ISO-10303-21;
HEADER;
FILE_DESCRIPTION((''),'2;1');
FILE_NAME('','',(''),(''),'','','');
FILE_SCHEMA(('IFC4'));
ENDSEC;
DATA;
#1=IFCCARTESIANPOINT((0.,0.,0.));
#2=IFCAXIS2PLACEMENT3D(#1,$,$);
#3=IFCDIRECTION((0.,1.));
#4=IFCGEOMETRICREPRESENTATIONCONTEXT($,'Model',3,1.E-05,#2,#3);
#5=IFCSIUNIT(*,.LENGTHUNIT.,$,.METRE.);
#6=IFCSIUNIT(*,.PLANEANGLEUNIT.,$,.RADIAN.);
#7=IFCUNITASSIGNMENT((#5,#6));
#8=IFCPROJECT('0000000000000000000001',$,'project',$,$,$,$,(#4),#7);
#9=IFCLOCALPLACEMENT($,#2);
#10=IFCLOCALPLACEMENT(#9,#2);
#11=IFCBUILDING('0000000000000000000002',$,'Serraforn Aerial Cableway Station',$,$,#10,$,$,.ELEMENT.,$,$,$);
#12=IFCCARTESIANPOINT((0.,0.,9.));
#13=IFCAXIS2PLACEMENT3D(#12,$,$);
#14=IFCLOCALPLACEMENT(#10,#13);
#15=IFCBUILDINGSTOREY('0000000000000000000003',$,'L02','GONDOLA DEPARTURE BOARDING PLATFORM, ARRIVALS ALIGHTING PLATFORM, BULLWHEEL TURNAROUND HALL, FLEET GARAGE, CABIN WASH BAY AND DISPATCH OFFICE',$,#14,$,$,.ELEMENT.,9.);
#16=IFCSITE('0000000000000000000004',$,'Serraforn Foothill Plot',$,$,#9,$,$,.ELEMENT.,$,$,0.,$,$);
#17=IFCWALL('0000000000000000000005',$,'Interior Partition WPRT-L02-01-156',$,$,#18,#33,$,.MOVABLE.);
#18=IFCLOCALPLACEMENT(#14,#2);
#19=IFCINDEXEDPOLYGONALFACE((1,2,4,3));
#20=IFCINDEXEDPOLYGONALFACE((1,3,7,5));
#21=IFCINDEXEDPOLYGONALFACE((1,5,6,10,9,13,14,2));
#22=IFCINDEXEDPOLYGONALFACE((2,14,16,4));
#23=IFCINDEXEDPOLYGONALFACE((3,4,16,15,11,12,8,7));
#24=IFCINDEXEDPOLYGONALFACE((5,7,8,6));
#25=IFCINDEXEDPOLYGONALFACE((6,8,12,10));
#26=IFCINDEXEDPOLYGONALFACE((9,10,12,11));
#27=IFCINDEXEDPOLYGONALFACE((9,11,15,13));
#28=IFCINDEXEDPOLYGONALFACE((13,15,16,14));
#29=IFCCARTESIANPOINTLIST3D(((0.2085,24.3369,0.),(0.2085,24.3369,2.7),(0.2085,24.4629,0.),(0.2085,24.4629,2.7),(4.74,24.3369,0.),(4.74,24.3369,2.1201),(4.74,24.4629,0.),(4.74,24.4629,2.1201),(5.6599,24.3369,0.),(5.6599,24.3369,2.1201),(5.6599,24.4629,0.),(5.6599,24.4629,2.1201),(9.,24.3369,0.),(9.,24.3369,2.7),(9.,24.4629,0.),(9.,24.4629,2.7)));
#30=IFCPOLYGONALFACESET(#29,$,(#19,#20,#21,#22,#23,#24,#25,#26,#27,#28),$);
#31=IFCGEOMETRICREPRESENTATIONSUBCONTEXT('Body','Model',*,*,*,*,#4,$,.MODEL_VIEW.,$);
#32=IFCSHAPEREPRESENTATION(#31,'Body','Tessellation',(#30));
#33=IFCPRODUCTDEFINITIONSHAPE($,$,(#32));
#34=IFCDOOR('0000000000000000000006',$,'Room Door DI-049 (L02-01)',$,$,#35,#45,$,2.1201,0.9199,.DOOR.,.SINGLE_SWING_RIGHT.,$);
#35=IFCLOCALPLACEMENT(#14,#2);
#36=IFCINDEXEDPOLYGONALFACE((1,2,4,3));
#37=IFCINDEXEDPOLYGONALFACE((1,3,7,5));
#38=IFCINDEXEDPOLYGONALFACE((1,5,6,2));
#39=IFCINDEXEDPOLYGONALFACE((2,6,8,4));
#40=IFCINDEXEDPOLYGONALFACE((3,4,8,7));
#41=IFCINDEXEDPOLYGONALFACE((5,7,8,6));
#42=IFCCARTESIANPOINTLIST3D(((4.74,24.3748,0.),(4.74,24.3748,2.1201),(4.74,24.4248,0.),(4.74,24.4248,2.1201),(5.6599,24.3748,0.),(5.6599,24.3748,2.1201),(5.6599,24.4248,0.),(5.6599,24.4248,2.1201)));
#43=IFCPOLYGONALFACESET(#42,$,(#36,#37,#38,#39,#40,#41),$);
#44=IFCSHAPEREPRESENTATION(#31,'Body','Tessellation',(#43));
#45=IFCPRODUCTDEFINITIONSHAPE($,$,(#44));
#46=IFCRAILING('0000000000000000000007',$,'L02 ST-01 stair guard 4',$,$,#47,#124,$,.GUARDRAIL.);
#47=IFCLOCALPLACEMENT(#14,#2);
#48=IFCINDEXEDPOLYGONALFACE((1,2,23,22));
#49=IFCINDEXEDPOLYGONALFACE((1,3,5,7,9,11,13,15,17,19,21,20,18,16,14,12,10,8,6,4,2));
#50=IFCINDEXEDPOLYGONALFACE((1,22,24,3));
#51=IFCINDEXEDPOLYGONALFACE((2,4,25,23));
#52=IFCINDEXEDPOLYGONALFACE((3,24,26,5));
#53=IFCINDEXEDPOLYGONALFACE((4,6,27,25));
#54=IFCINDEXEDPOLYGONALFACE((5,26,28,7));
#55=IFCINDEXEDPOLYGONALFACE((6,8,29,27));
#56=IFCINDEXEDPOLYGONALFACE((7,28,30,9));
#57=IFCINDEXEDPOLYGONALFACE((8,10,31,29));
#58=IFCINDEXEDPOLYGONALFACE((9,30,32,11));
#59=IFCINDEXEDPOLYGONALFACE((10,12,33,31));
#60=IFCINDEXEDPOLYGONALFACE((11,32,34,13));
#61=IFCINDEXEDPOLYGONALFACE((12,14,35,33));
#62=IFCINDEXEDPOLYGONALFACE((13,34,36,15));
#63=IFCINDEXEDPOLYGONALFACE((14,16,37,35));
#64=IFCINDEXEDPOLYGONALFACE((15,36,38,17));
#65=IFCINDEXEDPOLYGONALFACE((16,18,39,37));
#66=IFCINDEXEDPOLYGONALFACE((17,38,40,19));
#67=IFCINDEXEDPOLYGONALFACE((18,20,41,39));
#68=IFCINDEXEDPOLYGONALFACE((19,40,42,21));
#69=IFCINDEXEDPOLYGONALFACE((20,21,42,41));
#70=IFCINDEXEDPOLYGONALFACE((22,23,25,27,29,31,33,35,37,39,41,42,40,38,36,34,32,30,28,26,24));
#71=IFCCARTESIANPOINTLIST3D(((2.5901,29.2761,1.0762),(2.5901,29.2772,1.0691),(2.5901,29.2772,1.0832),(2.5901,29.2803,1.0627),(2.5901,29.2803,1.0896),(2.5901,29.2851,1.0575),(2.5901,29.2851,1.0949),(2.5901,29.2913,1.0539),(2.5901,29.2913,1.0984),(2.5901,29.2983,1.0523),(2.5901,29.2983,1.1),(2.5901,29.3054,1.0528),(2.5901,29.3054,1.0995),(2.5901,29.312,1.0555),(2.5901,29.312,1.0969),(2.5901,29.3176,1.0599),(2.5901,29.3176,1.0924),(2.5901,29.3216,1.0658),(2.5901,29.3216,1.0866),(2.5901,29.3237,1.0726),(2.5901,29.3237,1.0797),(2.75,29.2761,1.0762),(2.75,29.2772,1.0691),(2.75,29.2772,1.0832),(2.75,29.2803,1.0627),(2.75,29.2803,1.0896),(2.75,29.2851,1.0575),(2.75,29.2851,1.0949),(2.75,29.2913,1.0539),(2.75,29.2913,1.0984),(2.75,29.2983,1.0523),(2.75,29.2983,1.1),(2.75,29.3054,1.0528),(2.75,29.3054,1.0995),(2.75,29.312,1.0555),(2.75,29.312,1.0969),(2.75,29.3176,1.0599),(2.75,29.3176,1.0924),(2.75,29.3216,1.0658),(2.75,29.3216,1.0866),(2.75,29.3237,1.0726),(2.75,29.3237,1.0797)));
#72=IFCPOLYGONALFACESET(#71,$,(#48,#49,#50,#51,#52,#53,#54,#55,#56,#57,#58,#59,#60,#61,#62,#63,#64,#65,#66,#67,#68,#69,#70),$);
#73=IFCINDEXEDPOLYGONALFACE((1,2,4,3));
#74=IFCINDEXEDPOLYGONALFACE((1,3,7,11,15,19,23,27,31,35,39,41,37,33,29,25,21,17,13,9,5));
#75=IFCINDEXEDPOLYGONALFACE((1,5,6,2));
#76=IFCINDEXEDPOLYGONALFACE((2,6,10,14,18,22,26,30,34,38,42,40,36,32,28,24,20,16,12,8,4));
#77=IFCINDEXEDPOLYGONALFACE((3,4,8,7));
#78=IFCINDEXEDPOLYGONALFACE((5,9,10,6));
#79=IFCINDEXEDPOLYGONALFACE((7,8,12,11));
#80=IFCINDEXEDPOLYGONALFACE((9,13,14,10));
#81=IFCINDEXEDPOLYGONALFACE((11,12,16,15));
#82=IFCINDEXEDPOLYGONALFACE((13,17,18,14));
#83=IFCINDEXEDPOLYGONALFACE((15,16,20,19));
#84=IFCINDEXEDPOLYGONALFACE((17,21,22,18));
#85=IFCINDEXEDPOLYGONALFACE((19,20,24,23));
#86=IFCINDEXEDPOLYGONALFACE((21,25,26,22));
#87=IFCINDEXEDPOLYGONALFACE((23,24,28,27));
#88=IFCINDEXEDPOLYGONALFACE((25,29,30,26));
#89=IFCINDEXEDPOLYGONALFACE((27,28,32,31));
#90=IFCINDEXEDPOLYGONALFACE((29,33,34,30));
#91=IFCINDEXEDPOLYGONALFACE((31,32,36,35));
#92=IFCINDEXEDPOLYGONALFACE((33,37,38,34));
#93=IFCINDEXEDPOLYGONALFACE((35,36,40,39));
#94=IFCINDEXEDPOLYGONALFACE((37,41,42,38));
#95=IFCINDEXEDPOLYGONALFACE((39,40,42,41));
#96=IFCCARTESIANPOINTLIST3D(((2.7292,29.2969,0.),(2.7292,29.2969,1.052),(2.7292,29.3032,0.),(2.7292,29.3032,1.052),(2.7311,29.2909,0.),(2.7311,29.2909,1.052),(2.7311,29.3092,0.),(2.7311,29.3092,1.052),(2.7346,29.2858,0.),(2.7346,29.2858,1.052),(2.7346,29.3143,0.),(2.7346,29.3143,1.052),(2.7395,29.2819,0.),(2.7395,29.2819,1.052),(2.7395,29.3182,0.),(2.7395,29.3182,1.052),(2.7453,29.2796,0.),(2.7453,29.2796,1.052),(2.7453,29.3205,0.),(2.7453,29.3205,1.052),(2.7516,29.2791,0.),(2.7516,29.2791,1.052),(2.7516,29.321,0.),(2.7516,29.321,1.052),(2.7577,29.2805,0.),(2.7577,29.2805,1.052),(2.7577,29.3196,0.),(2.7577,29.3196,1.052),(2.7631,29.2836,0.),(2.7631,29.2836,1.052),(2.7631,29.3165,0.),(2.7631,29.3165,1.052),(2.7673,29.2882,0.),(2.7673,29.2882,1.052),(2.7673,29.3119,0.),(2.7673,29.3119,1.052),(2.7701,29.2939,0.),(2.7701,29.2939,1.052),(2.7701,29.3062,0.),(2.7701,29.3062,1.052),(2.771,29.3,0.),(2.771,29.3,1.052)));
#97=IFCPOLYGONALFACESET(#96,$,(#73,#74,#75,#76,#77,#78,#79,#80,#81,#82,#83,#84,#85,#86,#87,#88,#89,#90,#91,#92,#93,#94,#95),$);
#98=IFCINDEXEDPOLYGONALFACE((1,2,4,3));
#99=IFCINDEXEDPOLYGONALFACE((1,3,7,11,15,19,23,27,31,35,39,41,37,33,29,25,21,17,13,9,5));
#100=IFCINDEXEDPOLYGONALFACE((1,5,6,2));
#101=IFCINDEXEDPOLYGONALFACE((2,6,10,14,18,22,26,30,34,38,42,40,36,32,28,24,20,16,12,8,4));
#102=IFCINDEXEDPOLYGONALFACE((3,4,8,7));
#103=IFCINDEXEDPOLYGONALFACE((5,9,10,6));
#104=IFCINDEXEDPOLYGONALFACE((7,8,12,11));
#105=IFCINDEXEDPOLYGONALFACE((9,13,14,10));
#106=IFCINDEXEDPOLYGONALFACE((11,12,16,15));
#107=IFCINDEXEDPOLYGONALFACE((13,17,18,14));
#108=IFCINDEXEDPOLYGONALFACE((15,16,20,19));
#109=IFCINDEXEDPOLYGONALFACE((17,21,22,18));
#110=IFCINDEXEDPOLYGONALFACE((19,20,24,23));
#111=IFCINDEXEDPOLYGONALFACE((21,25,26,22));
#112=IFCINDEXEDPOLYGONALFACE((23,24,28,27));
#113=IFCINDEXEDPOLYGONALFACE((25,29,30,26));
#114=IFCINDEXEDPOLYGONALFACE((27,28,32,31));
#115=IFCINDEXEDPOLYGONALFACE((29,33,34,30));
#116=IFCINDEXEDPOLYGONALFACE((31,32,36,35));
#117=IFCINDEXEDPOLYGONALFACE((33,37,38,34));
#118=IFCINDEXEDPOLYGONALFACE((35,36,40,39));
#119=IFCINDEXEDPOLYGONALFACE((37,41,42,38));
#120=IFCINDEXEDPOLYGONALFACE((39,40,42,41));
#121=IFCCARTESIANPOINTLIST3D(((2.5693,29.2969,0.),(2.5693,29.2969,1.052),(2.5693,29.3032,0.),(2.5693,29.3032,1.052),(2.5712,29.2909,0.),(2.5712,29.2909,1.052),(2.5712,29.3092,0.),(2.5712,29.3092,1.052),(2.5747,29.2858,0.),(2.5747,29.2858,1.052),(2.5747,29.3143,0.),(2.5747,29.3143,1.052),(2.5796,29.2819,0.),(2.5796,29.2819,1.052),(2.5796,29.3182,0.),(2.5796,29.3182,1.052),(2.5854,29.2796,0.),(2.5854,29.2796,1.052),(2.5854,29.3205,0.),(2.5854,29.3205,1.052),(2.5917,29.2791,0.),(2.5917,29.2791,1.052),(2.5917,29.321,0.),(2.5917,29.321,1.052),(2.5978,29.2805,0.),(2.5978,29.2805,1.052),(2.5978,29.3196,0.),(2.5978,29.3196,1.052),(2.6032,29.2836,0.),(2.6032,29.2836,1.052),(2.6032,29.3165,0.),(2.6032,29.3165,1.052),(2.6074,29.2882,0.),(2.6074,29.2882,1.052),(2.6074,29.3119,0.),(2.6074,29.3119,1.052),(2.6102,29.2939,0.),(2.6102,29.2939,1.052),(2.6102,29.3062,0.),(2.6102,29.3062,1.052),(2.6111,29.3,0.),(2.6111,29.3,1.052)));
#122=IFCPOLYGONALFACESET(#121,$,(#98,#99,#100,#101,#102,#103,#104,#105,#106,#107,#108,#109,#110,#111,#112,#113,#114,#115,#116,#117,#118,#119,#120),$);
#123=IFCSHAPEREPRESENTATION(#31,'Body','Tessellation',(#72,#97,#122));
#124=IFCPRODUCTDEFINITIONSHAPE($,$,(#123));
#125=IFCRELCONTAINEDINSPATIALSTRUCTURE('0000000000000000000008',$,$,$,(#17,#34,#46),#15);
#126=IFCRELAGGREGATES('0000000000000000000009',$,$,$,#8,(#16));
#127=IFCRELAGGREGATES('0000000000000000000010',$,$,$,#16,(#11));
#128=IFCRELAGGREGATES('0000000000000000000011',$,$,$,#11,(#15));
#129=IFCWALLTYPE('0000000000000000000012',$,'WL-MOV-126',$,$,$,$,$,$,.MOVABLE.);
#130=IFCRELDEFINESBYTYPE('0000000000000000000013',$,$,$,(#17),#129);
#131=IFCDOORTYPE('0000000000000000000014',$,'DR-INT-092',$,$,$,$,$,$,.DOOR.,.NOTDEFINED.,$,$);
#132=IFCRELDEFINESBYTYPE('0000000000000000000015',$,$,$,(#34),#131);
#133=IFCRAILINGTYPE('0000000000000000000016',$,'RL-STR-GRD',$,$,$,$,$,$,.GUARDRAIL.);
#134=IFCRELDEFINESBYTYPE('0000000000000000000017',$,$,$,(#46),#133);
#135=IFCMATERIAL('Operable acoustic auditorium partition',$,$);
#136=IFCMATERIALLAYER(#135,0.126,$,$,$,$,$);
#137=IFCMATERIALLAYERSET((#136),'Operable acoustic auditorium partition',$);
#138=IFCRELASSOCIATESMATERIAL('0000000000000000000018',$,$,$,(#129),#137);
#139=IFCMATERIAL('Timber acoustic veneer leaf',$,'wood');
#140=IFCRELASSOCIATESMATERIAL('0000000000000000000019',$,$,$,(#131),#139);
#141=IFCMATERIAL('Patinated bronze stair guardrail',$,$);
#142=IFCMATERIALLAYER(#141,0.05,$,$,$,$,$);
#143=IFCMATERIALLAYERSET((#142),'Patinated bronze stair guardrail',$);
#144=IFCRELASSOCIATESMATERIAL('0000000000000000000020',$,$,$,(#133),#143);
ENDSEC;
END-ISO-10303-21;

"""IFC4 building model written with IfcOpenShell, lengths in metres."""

from ifc_helpers import new_model, si_unit, direction, frame, frame_2d, origin, origin_2d, place, context, subcontext, project, spatial, rectangle, circle, extrude, material, layer, layer_set, type_object, element, fill, save


model = new_model("IFC4")

# Units and contexts
model_context = context("Model", 3, precision=1e-05, world=origin(), true_north=direction((0.0, 1.0)))
body_context = subcontext(model_context, "Body", "Model", "MODEL_VIEW")
ifc_project = project(units=[si_unit("LENGTHUNIT", "METRE"), si_unit("PLANEANGLEUNIT", "RADIAN")], contexts=[model_context])

# Site, building, storey
site_placement = place(None, origin())
site = spatial("IfcSite", under=ifc_project, at=site_placement, Name="Serraforn Foothill Plot", CompositionType="ELEMENT", RefElevation=0.0)
building_placement = place(site_placement, origin())
building = spatial("IfcBuilding", under=site, at=building_placement, Name="Serraforn Aerial Cableway Station", CompositionType="ELEMENT")
storey_placement = place(building_placement, frame((0.0, 0.0, 9.0)))
storey = spatial("IfcBuildingStorey", under=building, at=storey_placement, Name="L02", Description="GONDOLA DEPARTURE BOARDING PLATFORM, ARRIVALS ALIGHTING PLATFORM, BULLWHEEL TURNAROUND HALL, FLEET GARAGE, CABIN WASH BAY AND DISPATCH OFFICE", CompositionType="ELEMENT", Elevation=9.0)

# Wall, opening, door
ifc_material_1 = material(Name="Operable acoustic auditorium partition")
ifc_layer_1 = layer(ifc_material_1, 0.126)
ifc_layer_set_1 = layer_set([ifc_layer_1], Name="Operable acoustic auditorium partition")
wall_type_1 = type_object("IfcWallType", Name="WL-MOV-126", PredefinedType="MOVABLE", material=ifc_layer_set_1)
wall_1_placement = place(storey_placement, frame((0.2085, 24.3999, 0.0), z_axis=(0.0, 0.0, 1.0), x_axis=(1.0, 0.0, 0.0)))
wall_1 = element("IfcWall", 1, at=wall_1_placement, inside=storey, type_object=wall_type_1, Name="Interior Partition WPRT-L02-01-156", PredefinedType="MOVABLE", context=body_context, shape_type="SweptSolid", body=[
    extrude(rectangle(XDim=8.7915, YDim=0.126, at=frame_2d((4.3958, 0.0))), origin(), (0.0, 0.0, 1.0), 2.7),
])
opening_placement = place(wall_1_placement, frame((4.5315, 0.0, 0.0)))
opening = element("IfcOpeningElement", 2, at=opening_placement, cuts=wall_1, PredefinedType="OPENING", context=body_context, shape_type="SweptSolid", body=[
    extrude(rectangle(XDim=0.9199, YDim=2.1201, at=frame_2d((0.46, 1.0601))), frame((0.0, 0.073, 0.0), z_axis=(0.0, -1.0, 0.0), x_axis=(1.0, 0.0, 0.0)), (0.0, 0.0, 1.0), 0.146),
])
ifc_material_2 = material(Name="Timber acoustic veneer leaf", Category="wood")
door_type = type_object("IfcDoorType", Name="DR-INT-092", OperationType="NOTDEFINED", PredefinedType="DOOR", material=ifc_material_2)
door_placement = place(opening_placement, origin())
door = element("IfcDoor", 3, at=door_placement, inside=storey, type_object=door_type, Name="Room Door DI-049 (L02-01)", OperationType="SINGLE_SWING_RIGHT", OverallHeight=2.1201, OverallWidth=0.9199, PredefinedType="DOOR", context=body_context, shape_type="SweptSolid", body=[
    extrude(rectangle(XDim=0.9199, YDim=2.1201, at=frame_2d((0.46, 1.0601))), frame((0.0, 0.0249, 0.0), z_axis=(0.0, -1.0, 0.0), x_axis=(1.0, 0.0, 0.0)), (0.0, 0.0, 1.0), 0.05),
])
fill(opening, door)

# Railing
ifc_material_3 = material(Name="Patinated bronze stair guardrail")
ifc_layer_2 = layer(ifc_material_3, 0.05)
ifc_layer_set_2 = layer_set([ifc_layer_2], Name="Patinated bronze stair guardrail")
railing_type = type_object("IfcRailingType", Name="RL-STR-GRD", PredefinedType="GUARDRAIL", material=ifc_layer_set_2)
railing_placement = place(storey_placement, frame((2.75, 29.3, 0.0)))
element("IfcRailing", 4, at=railing_placement, inside=storey, type_object=railing_type, Name="L02 ST-01 stair guard 4", PredefinedType="GUARDRAIL", context=body_context, shape_type="SweptSolid", body=[
    extrude(circle(Radius=0.0239, at=origin_2d()), frame((0.0, 0.0, 1.0762), z_axis=(-1.0, 0.0, 0.0), x_axis=(0.0, -1.0, 0.0)), (0.0, 0.0, 1.0), 0.1599),
    extrude(circle(Radius=0.021, at=origin_2d()), origin(), (0.0, 0.0, 1.0), 1.052),
    extrude(circle(Radius=0.021, at=origin_2d()), frame((-0.1599, 0.0, 0.0)), (0.0, 0.0, 1.0), 1.052),
])

save(model, "model.ifc")
